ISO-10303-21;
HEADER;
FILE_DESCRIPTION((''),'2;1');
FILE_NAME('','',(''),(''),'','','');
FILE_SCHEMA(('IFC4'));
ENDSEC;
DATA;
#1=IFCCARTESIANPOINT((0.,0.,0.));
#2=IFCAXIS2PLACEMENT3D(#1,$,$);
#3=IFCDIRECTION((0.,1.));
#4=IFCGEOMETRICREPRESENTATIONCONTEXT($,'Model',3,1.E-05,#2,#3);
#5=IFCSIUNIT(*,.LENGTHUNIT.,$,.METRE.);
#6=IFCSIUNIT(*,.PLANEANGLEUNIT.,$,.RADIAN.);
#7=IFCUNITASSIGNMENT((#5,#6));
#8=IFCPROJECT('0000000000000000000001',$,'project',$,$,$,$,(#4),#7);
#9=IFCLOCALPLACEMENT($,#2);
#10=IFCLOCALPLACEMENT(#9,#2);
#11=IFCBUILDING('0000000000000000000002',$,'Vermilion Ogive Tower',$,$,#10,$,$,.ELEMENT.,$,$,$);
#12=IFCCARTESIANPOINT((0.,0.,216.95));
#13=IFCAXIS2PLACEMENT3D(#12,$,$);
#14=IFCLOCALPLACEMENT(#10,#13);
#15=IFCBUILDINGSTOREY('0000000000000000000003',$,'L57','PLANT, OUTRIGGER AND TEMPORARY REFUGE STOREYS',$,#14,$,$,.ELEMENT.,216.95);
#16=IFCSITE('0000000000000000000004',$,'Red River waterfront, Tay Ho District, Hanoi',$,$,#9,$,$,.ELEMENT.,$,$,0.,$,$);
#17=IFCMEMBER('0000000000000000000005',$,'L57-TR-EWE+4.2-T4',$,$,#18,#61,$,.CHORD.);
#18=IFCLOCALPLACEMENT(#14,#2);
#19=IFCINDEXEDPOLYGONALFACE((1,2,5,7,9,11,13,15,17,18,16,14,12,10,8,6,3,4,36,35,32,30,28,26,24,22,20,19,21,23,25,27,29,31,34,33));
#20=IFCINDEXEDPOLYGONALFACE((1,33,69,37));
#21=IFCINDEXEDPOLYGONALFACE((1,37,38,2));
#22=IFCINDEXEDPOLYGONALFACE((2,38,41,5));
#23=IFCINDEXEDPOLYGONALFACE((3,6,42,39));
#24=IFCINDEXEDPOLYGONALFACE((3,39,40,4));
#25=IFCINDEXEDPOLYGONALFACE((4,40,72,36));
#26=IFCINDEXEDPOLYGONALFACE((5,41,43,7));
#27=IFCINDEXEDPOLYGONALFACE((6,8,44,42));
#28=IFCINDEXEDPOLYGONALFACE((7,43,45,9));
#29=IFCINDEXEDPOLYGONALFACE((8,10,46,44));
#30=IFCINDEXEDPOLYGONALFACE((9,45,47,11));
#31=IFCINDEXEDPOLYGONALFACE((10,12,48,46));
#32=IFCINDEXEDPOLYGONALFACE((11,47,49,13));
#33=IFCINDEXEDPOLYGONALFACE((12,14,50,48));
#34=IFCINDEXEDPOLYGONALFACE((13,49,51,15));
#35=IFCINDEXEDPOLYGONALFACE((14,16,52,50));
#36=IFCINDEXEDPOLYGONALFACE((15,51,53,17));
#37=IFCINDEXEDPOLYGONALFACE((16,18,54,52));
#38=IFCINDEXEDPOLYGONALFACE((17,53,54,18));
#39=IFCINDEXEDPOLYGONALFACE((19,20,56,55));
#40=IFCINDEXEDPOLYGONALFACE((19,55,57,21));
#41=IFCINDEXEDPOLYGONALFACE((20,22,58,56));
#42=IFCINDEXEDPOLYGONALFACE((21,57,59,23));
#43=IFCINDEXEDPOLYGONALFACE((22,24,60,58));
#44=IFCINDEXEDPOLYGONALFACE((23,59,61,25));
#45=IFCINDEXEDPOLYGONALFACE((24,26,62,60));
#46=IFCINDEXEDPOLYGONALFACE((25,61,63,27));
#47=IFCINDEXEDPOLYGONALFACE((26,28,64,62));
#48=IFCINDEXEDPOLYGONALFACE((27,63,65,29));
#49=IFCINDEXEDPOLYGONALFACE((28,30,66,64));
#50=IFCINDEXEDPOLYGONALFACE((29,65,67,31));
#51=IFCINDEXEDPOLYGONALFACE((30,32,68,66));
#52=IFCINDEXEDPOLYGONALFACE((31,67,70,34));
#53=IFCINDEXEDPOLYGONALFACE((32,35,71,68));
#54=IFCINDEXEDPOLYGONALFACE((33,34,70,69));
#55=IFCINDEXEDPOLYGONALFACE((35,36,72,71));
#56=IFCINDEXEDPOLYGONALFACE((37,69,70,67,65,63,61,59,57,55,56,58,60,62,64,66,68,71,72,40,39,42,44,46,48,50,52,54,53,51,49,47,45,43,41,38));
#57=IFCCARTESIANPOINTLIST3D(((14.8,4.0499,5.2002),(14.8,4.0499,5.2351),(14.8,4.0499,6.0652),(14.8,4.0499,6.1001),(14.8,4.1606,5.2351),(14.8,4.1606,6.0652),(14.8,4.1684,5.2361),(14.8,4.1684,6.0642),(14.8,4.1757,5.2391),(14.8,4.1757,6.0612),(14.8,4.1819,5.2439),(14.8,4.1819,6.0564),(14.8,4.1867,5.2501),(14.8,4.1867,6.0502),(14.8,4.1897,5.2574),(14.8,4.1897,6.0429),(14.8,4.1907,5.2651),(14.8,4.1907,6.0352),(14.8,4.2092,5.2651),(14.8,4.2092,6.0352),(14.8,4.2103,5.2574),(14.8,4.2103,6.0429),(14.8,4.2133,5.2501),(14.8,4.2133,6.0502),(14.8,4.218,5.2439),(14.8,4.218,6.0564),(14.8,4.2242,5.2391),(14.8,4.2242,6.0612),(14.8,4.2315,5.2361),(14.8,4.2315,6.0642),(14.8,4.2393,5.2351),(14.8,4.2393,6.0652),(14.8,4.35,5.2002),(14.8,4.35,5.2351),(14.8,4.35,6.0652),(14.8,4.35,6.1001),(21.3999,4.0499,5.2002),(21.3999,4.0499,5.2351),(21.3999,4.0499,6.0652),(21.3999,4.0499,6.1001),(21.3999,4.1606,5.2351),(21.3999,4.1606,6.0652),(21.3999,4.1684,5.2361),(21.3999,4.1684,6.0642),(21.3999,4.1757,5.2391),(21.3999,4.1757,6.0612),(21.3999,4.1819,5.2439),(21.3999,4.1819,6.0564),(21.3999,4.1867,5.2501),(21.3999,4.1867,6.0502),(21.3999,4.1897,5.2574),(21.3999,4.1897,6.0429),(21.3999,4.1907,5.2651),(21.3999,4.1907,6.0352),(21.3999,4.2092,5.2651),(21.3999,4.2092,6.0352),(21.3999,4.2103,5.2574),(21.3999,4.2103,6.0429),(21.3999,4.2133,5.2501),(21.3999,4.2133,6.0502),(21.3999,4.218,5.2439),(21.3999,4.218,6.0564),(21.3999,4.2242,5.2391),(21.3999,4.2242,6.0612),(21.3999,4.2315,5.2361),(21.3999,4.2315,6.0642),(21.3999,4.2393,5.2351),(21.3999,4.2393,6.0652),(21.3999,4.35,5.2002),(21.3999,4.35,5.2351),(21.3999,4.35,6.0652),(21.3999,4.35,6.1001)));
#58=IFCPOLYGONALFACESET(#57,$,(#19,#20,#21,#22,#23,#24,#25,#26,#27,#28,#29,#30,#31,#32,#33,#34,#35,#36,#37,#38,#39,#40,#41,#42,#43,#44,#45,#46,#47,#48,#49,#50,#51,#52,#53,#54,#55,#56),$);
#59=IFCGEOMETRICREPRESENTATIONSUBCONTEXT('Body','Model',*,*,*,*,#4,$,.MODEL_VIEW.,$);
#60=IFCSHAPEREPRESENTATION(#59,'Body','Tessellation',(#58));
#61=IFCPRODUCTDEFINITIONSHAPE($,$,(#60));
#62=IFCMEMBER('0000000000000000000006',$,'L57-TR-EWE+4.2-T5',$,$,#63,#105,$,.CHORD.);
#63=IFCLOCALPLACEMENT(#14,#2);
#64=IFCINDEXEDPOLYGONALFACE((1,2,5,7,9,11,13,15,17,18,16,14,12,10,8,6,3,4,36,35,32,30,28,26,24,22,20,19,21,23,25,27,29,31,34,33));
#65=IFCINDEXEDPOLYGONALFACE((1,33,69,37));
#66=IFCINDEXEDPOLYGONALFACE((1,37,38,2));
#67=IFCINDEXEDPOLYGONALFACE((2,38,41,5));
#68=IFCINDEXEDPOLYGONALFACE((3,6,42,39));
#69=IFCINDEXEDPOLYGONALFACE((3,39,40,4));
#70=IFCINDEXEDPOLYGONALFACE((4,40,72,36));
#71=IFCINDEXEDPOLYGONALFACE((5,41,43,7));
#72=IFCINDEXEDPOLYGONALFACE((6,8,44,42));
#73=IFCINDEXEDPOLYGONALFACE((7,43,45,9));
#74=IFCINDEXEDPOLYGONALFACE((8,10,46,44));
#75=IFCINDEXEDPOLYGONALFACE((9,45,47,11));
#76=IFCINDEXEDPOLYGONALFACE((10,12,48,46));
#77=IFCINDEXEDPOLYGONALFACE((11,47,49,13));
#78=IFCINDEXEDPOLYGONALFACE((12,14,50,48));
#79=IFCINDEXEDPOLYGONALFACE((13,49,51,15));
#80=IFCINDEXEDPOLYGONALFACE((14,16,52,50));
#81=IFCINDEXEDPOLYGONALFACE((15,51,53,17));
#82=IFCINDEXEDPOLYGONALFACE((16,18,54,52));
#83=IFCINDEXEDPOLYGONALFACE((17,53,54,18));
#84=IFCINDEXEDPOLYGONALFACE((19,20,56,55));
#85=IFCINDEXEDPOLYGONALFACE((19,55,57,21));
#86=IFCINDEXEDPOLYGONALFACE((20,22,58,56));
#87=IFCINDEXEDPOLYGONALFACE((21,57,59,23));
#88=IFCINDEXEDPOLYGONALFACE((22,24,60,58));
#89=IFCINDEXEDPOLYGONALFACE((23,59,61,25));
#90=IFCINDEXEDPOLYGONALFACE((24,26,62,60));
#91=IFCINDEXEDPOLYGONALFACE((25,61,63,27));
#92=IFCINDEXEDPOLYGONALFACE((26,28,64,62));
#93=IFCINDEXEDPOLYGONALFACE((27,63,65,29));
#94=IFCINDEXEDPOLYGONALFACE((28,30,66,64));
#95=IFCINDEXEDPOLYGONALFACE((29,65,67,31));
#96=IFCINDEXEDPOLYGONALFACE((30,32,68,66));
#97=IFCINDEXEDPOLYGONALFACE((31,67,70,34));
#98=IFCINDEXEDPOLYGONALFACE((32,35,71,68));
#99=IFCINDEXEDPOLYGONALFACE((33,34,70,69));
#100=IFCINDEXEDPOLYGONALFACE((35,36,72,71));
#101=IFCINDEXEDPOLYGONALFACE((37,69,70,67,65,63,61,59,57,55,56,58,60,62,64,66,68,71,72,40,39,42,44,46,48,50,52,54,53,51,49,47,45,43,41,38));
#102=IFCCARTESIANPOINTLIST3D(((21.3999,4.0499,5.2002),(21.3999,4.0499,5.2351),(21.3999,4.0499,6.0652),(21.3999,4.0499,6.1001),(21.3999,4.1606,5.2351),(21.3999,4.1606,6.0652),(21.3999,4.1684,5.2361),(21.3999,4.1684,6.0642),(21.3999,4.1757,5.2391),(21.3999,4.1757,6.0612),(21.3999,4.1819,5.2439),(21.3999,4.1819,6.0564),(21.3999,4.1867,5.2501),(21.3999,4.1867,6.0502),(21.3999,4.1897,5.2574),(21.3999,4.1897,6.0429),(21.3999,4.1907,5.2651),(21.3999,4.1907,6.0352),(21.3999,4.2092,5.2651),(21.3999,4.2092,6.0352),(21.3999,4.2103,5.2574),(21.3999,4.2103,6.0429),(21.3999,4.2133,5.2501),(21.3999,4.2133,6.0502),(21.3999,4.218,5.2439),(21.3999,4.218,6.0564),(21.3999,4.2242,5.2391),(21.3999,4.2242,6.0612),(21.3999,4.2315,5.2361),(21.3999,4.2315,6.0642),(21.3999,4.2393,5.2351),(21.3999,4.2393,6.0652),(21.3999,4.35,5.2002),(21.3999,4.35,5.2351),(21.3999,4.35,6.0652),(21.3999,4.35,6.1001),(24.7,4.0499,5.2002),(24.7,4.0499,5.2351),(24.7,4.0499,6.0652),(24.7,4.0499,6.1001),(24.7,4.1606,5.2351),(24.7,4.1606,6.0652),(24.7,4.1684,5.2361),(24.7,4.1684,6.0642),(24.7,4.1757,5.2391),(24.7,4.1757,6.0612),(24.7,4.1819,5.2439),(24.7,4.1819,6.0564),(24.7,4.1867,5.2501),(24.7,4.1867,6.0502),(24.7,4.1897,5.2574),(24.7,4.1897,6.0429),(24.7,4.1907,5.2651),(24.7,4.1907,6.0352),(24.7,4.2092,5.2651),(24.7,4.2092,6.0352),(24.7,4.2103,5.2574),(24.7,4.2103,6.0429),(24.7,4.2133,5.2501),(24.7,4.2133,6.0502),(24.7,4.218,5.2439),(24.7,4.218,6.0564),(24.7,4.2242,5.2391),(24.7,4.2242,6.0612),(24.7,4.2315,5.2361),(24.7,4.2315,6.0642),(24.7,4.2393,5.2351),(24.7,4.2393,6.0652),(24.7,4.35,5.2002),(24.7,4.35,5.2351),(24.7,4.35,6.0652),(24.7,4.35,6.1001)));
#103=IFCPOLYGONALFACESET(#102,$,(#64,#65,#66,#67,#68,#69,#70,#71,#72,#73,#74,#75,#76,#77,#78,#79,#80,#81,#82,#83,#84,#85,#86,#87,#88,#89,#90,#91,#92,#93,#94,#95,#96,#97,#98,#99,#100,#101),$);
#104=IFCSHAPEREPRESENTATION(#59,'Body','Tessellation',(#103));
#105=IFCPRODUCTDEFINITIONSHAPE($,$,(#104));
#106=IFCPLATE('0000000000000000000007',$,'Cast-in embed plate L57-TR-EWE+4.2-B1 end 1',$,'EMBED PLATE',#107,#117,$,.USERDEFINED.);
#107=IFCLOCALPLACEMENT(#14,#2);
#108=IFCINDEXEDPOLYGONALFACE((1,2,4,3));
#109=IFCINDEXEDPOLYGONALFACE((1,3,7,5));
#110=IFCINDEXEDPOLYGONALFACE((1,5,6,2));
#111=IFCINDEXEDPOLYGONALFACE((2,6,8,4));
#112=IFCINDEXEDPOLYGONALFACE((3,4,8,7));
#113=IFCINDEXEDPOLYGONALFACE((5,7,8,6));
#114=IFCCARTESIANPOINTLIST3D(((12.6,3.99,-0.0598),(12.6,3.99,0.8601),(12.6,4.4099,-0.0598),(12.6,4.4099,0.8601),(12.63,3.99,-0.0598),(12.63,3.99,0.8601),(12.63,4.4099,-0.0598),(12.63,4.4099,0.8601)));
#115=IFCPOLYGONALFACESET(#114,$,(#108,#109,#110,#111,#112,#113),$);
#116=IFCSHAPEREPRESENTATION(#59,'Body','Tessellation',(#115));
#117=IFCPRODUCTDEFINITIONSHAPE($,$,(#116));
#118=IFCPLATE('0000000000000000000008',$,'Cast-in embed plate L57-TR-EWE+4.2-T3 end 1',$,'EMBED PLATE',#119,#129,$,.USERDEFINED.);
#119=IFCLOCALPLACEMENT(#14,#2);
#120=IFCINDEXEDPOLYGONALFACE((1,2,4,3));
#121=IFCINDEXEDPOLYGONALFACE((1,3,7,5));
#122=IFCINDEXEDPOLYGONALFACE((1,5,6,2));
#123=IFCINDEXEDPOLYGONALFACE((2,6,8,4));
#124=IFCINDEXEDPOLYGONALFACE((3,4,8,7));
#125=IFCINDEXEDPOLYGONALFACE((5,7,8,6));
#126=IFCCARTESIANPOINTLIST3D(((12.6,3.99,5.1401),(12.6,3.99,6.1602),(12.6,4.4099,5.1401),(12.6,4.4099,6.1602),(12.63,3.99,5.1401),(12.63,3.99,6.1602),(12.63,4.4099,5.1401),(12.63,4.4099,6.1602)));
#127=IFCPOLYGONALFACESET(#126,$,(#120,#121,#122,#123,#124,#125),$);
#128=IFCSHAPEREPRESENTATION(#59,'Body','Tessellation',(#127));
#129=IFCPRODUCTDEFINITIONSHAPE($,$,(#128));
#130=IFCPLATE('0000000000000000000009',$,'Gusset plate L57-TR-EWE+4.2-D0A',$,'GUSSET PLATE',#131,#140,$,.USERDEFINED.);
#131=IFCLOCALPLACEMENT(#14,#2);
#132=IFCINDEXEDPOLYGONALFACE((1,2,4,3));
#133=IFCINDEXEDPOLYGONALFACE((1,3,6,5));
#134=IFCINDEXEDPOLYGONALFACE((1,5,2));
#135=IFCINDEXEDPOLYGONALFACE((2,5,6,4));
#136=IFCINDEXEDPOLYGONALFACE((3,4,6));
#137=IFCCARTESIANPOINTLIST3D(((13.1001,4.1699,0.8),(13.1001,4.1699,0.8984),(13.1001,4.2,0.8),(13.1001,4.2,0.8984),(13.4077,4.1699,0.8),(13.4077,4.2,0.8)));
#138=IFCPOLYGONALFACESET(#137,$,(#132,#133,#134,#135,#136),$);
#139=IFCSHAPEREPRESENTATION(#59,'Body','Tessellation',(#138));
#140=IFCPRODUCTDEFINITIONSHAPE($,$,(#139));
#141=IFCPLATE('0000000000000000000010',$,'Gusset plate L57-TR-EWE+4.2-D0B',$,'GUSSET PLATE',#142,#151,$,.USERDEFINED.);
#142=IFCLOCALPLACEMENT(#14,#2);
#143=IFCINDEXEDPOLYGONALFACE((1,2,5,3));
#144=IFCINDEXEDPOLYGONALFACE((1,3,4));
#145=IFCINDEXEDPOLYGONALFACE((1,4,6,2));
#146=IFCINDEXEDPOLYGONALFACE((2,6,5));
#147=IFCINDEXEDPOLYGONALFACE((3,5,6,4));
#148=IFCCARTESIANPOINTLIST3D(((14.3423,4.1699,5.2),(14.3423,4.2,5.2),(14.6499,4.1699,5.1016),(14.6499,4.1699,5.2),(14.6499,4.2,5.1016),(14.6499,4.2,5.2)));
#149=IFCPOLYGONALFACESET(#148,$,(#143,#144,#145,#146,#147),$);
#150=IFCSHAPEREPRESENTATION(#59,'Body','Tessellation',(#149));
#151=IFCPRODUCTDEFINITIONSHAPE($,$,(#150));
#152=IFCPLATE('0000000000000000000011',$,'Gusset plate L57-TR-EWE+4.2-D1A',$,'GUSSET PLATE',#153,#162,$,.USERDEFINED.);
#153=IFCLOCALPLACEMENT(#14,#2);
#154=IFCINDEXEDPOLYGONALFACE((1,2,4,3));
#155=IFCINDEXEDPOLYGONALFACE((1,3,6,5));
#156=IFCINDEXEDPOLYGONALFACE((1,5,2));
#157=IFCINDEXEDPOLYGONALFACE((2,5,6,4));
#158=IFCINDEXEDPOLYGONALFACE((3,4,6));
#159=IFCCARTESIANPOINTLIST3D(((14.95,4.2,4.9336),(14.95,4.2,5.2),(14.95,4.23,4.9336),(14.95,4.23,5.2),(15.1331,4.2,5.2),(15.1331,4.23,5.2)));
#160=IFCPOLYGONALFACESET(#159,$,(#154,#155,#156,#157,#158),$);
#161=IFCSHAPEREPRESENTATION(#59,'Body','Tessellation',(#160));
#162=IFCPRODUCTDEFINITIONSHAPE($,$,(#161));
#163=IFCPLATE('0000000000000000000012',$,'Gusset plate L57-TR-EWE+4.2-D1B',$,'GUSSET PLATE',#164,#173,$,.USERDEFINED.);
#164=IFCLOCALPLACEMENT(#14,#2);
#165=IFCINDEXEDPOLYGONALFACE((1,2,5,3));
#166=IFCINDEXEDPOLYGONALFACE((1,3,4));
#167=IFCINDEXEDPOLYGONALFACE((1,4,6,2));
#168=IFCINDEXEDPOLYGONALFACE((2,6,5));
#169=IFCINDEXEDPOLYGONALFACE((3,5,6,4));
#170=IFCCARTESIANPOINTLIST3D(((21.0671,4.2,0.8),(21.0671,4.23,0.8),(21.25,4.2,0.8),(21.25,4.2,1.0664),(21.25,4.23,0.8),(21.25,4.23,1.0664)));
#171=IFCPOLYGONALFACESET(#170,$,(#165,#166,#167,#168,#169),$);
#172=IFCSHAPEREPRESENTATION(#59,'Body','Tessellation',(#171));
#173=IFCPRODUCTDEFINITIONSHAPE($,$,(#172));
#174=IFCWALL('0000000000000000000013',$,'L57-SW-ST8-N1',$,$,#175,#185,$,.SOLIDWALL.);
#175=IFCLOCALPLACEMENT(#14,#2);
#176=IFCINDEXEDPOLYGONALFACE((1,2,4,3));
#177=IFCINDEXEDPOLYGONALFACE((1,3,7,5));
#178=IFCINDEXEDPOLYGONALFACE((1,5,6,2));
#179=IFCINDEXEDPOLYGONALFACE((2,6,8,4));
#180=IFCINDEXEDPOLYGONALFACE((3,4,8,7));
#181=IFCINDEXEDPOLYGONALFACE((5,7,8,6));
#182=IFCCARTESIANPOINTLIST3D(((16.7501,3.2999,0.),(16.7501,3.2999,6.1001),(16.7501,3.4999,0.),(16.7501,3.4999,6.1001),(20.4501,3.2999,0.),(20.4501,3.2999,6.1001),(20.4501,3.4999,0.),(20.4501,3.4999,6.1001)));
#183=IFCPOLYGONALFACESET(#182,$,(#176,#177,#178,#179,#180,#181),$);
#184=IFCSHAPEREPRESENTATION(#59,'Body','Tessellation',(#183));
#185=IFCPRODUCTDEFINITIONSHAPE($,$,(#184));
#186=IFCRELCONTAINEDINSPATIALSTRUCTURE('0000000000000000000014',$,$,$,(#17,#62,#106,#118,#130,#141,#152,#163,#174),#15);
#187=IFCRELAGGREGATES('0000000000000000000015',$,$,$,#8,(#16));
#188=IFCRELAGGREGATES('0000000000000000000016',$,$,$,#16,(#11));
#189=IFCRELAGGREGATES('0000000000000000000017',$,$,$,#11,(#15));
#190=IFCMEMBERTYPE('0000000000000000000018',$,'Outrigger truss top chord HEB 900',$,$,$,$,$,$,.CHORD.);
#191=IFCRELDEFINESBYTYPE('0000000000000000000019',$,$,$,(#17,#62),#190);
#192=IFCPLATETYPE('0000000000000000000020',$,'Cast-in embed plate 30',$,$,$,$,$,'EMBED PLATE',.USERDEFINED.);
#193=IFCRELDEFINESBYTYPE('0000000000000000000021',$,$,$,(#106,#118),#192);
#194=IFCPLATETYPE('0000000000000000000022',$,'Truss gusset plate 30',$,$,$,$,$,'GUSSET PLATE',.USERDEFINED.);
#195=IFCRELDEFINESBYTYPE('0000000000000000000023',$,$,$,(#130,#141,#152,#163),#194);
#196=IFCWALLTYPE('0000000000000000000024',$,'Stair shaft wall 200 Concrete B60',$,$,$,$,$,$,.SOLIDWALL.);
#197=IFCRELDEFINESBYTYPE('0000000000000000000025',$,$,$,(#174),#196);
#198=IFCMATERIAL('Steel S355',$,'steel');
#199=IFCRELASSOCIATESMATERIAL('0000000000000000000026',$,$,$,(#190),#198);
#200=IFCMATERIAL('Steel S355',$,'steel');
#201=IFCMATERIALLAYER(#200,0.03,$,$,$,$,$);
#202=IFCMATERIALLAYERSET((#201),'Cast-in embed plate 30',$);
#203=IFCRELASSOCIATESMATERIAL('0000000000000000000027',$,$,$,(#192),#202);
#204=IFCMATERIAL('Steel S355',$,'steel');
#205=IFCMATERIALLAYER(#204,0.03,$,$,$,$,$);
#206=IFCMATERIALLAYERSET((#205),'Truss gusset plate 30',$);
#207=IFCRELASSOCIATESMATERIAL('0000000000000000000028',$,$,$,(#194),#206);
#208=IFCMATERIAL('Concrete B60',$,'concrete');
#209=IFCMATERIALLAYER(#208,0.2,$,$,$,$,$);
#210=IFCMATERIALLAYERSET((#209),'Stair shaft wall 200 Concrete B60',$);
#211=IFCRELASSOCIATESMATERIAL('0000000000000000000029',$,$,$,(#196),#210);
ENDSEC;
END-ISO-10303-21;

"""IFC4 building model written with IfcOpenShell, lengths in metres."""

from ifc_helpers import new_model, si_unit, direction, frame, frame_2d, origin, origin_2d, place, context, subcontext, project, spatial, polyline, rectangle, i_section, outline, extrude, material, layer, layer_set, material_profile, profile_set, type_object, element, save


model = new_model("IFC4")

# Units and contexts
model_context = context("Model", 3, precision=1e-05, world=origin(), true_north=direction((0.0, 1.0)))
body_context = subcontext(model_context, "Body", "Model", "MODEL_VIEW")
ifc_project = project(units=[si_unit("LENGTHUNIT", "METRE"), si_unit("PLANEANGLEUNIT", "RADIAN")], contexts=[model_context])

# Site, building, storey
site_placement = place(None, origin())
site = spatial("IfcSite", under=ifc_project, at=site_placement, Name="Red River waterfront, Tay Ho District, Hanoi", CompositionType="ELEMENT", RefElevation=0.0)
building_placement = place(site_placement, origin())
building = spatial("IfcBuilding", under=site, at=building_placement, Name="Vermilion Ogive Tower", CompositionType="ELEMENT")
storey_placement = place(building_placement, frame((0.0, 0.0, 216.95)))
storey = spatial("IfcBuildingStorey", under=building, at=storey_placement, Name="L57", Description="PLANT, OUTRIGGER AND TEMPORARY REFUGE STOREYS", CompositionType="ELEMENT", Elevation=216.95)

# Members
ifc_material_1 = material(Name="Steel S355", Category="steel")
ifc_material_profile_1 = material_profile(ifc_material_1, i_section(OverallWidth=0.3, OverallDepth=0.8999, WebThickness=0.0186, FlangeThickness=0.0349, FilletRadius=0.03, at=origin_2d()), Name="HEB 900")
ifc_profile_set_1 = profile_set([ifc_material_profile_1], Name="Steel S355")
member_type_1 = type_object("IfcMemberType", Name="Outrigger truss top chord HEB 900", PredefinedType="CHORD", material=ifc_profile_set_1)
member_1_placement = place(storey_placement, frame((14.8, 4.2, 5.6501), z_axis=(1.0, 0.0, 0.0), x_axis=(0.0, 1.0, 0.0)))
element("IfcMember", 1, at=member_1_placement, inside=storey, type_object=member_type_1, Name="L57-TR-EWE+4.2-T4", PredefinedType="CHORD", context=body_context, shape_type="SweptSolid", body=[
    extrude(i_section(OverallWidth=0.3, OverallDepth=0.8999, WebThickness=0.0186, FlangeThickness=0.0349, FilletRadius=0.03, at=origin_2d()), origin(), (0.0, 0.0, 1.0), 6.5999),
])
member_2_placement = place(storey_placement, frame((21.3999, 4.2, 5.6501), z_axis=(1.0, 0.0, 0.0), x_axis=(0.0, 1.0, 0.0)))
element("IfcMember", 2, at=member_2_placement, inside=storey, type_object=member_type_1, Name="L57-TR-EWE+4.2-T5", PredefinedType="CHORD", context=body_context, shape_type="SweptSolid", body=[
    extrude(i_section(OverallWidth=0.3, OverallDepth=0.8999, WebThickness=0.0186, FlangeThickness=0.0349, FilletRadius=0.03, at=origin_2d()), origin(), (0.0, 0.0, 1.0), 3.3),
])

# Plates
ifc_material_2 = material(Name="Steel S355", Category="steel")
ifc_layer_1 = layer(ifc_material_2, 0.03)
ifc_layer_set_1 = layer_set([ifc_layer_1], Name="Cast-in embed plate 30")
plate_type_1 = type_object("IfcPlateType", Name="Cast-in embed plate 30", ElementType="EMBED PLATE", PredefinedType="USERDEFINED", material=ifc_layer_set_1)
plate_1_placement = place(storey_placement, frame((12.615, 4.2, -0.0598), z_axis=(0.0, 0.0, 1.0), x_axis=(1.0, 0.0, 0.0)))
element("IfcPlate", 3, at=plate_1_placement, inside=storey, type_object=plate_type_1, Name="Cast-in embed plate L57-TR-EWE+4.2-B1 end 1", ObjectType="EMBED PLATE", PredefinedType="USERDEFINED", context=body_context, shape_type="SweptSolid", body=[
    extrude(rectangle(XDim=0.03, YDim=0.4199, at=origin_2d()), origin(), (0.0, 0.0, 1.0), 0.9199),
])
plate_2_placement = place(storey_placement, frame((12.615, 4.2, 5.1401), z_axis=(0.0, 0.0, 1.0), x_axis=(1.0, 0.0, 0.0)))
element("IfcPlate", 4, at=plate_2_placement, inside=storey, type_object=plate_type_1, Name="Cast-in embed plate L57-TR-EWE+4.2-T3 end 1", ObjectType="EMBED PLATE", PredefinedType="USERDEFINED", context=body_context, shape_type="SweptSolid", body=[
    extrude(rectangle(XDim=0.03, YDim=0.4199, at=origin_2d()), origin(), (0.0, 0.0, 1.0), 1.02),
])
ifc_material_3 = material(Name="Steel S355", Category="steel")
ifc_layer_2 = layer(ifc_material_3, 0.03)
ifc_layer_set_2 = layer_set([ifc_layer_2], Name="Truss gusset plate 30")
plate_type_2 = type_object("IfcPlateType", Name="Truss gusset plate 30", ElementType="GUSSET PLATE", PredefinedType="USERDEFINED", material=ifc_layer_set_2)
for number, where, z_axis, x_axis, name in (
    (5, (13.1001, 4.2, 0.8984), (0.0, 1.0, 0.0), (0.952468, 0.0, -0.304639), "Gusset plate L57-TR-EWE+4.2-D0A"),
    (6, (14.6499, 4.2, 5.1016), (0.0, 1.0, 0.0), (-0.952468, 0.0, 0.304639), "Gusset plate L57-TR-EWE+4.2-D0B"),
):
    element("IfcPlate", number, at=place(storey_placement, frame(where, z_axis=z_axis, x_axis=x_axis)), inside=storey, type_object=plate_type_2, Name=name, ObjectType="GUSSET PLATE", PredefinedType="USERDEFINED", context=body_context, shape_type="SweptSolid", body=[
        extrude(outline(polyline([(0.0, 0.0), (0.323, 0.0), (0.03, 0.0937), (0.0, 0.0)])), origin(), (0.0, 0.0, -1.0), 0.03),
    ])
plate_3_placement = place(storey_placement, frame((14.95, 4.2, 4.9336), z_axis=(0.0, -1.0, 0.0), x_axis=(0.566497, 0.0, 0.824064)))
element("IfcPlate", 7, at=plate_3_placement, inside=storey, type_object=plate_type_2, Name="Gusset plate L57-TR-EWE+4.2-D1A", ObjectType="GUSSET PLATE", PredefinedType="USERDEFINED", context=body_context, shape_type="SweptSolid", body=[
    extrude(outline(polyline([(0.0, 0.0), (0.3232, 0.0), (0.2195, 0.1509), (0.0, 0.0)])), origin(), (0.0, 0.0, -1.0), 0.03),
])
plate_4_placement = place(storey_placement, frame((21.25, 4.2, 1.0664), z_axis=(0.0, -1.0, 0.0), x_axis=(-0.565984, 0.0, -0.824417)))
element("IfcPlate", 8, at=plate_4_placement, inside=storey, type_object=plate_type_2, Name="Gusset plate L57-TR-EWE+4.2-D1B", ObjectType="GUSSET PLATE", PredefinedType="USERDEFINED", context=body_context, shape_type="SweptSolid", body=[
    extrude(outline(polyline([(0.0, 0.0), (0.3231, 0.0), (0.2196, 0.1508), (0.0, 0.0)])), origin(), (0.0, 0.0, -1.0), 0.03),
])

# Wall
ifc_material_4 = material(Name="Concrete B60", Category="concrete")
ifc_layer_3 = layer(ifc_material_4, 0.2)
ifc_layer_set_3 = layer_set([ifc_layer_3], Name="Stair shaft wall 200 Concrete B60")
wall_type = type_object("IfcWallType", Name="Stair shaft wall 200 Concrete B60", PredefinedType="SOLIDWALL", material=ifc_layer_set_3)
wall_1_placement = place(storey_placement, frame((16.75, 3.3999, 0.0), z_axis=(0.0, 0.0, 1.0), x_axis=(1.0, 0.0, 0.0)))
element("IfcWall", 9, at=wall_1_placement, inside=storey, type_object=wall_type, Name="L57-SW-ST8-N1", PredefinedType="SOLIDWALL", context=body_context, shape_type="SweptSolid", body=[
    extrude(rectangle(XDim=3.7, YDim=0.2, at=frame_2d((1.8501, 0.0))), origin(), (0.0, 0.0, 1.0), 6.1001),
])

save(model, "model.ifc")
